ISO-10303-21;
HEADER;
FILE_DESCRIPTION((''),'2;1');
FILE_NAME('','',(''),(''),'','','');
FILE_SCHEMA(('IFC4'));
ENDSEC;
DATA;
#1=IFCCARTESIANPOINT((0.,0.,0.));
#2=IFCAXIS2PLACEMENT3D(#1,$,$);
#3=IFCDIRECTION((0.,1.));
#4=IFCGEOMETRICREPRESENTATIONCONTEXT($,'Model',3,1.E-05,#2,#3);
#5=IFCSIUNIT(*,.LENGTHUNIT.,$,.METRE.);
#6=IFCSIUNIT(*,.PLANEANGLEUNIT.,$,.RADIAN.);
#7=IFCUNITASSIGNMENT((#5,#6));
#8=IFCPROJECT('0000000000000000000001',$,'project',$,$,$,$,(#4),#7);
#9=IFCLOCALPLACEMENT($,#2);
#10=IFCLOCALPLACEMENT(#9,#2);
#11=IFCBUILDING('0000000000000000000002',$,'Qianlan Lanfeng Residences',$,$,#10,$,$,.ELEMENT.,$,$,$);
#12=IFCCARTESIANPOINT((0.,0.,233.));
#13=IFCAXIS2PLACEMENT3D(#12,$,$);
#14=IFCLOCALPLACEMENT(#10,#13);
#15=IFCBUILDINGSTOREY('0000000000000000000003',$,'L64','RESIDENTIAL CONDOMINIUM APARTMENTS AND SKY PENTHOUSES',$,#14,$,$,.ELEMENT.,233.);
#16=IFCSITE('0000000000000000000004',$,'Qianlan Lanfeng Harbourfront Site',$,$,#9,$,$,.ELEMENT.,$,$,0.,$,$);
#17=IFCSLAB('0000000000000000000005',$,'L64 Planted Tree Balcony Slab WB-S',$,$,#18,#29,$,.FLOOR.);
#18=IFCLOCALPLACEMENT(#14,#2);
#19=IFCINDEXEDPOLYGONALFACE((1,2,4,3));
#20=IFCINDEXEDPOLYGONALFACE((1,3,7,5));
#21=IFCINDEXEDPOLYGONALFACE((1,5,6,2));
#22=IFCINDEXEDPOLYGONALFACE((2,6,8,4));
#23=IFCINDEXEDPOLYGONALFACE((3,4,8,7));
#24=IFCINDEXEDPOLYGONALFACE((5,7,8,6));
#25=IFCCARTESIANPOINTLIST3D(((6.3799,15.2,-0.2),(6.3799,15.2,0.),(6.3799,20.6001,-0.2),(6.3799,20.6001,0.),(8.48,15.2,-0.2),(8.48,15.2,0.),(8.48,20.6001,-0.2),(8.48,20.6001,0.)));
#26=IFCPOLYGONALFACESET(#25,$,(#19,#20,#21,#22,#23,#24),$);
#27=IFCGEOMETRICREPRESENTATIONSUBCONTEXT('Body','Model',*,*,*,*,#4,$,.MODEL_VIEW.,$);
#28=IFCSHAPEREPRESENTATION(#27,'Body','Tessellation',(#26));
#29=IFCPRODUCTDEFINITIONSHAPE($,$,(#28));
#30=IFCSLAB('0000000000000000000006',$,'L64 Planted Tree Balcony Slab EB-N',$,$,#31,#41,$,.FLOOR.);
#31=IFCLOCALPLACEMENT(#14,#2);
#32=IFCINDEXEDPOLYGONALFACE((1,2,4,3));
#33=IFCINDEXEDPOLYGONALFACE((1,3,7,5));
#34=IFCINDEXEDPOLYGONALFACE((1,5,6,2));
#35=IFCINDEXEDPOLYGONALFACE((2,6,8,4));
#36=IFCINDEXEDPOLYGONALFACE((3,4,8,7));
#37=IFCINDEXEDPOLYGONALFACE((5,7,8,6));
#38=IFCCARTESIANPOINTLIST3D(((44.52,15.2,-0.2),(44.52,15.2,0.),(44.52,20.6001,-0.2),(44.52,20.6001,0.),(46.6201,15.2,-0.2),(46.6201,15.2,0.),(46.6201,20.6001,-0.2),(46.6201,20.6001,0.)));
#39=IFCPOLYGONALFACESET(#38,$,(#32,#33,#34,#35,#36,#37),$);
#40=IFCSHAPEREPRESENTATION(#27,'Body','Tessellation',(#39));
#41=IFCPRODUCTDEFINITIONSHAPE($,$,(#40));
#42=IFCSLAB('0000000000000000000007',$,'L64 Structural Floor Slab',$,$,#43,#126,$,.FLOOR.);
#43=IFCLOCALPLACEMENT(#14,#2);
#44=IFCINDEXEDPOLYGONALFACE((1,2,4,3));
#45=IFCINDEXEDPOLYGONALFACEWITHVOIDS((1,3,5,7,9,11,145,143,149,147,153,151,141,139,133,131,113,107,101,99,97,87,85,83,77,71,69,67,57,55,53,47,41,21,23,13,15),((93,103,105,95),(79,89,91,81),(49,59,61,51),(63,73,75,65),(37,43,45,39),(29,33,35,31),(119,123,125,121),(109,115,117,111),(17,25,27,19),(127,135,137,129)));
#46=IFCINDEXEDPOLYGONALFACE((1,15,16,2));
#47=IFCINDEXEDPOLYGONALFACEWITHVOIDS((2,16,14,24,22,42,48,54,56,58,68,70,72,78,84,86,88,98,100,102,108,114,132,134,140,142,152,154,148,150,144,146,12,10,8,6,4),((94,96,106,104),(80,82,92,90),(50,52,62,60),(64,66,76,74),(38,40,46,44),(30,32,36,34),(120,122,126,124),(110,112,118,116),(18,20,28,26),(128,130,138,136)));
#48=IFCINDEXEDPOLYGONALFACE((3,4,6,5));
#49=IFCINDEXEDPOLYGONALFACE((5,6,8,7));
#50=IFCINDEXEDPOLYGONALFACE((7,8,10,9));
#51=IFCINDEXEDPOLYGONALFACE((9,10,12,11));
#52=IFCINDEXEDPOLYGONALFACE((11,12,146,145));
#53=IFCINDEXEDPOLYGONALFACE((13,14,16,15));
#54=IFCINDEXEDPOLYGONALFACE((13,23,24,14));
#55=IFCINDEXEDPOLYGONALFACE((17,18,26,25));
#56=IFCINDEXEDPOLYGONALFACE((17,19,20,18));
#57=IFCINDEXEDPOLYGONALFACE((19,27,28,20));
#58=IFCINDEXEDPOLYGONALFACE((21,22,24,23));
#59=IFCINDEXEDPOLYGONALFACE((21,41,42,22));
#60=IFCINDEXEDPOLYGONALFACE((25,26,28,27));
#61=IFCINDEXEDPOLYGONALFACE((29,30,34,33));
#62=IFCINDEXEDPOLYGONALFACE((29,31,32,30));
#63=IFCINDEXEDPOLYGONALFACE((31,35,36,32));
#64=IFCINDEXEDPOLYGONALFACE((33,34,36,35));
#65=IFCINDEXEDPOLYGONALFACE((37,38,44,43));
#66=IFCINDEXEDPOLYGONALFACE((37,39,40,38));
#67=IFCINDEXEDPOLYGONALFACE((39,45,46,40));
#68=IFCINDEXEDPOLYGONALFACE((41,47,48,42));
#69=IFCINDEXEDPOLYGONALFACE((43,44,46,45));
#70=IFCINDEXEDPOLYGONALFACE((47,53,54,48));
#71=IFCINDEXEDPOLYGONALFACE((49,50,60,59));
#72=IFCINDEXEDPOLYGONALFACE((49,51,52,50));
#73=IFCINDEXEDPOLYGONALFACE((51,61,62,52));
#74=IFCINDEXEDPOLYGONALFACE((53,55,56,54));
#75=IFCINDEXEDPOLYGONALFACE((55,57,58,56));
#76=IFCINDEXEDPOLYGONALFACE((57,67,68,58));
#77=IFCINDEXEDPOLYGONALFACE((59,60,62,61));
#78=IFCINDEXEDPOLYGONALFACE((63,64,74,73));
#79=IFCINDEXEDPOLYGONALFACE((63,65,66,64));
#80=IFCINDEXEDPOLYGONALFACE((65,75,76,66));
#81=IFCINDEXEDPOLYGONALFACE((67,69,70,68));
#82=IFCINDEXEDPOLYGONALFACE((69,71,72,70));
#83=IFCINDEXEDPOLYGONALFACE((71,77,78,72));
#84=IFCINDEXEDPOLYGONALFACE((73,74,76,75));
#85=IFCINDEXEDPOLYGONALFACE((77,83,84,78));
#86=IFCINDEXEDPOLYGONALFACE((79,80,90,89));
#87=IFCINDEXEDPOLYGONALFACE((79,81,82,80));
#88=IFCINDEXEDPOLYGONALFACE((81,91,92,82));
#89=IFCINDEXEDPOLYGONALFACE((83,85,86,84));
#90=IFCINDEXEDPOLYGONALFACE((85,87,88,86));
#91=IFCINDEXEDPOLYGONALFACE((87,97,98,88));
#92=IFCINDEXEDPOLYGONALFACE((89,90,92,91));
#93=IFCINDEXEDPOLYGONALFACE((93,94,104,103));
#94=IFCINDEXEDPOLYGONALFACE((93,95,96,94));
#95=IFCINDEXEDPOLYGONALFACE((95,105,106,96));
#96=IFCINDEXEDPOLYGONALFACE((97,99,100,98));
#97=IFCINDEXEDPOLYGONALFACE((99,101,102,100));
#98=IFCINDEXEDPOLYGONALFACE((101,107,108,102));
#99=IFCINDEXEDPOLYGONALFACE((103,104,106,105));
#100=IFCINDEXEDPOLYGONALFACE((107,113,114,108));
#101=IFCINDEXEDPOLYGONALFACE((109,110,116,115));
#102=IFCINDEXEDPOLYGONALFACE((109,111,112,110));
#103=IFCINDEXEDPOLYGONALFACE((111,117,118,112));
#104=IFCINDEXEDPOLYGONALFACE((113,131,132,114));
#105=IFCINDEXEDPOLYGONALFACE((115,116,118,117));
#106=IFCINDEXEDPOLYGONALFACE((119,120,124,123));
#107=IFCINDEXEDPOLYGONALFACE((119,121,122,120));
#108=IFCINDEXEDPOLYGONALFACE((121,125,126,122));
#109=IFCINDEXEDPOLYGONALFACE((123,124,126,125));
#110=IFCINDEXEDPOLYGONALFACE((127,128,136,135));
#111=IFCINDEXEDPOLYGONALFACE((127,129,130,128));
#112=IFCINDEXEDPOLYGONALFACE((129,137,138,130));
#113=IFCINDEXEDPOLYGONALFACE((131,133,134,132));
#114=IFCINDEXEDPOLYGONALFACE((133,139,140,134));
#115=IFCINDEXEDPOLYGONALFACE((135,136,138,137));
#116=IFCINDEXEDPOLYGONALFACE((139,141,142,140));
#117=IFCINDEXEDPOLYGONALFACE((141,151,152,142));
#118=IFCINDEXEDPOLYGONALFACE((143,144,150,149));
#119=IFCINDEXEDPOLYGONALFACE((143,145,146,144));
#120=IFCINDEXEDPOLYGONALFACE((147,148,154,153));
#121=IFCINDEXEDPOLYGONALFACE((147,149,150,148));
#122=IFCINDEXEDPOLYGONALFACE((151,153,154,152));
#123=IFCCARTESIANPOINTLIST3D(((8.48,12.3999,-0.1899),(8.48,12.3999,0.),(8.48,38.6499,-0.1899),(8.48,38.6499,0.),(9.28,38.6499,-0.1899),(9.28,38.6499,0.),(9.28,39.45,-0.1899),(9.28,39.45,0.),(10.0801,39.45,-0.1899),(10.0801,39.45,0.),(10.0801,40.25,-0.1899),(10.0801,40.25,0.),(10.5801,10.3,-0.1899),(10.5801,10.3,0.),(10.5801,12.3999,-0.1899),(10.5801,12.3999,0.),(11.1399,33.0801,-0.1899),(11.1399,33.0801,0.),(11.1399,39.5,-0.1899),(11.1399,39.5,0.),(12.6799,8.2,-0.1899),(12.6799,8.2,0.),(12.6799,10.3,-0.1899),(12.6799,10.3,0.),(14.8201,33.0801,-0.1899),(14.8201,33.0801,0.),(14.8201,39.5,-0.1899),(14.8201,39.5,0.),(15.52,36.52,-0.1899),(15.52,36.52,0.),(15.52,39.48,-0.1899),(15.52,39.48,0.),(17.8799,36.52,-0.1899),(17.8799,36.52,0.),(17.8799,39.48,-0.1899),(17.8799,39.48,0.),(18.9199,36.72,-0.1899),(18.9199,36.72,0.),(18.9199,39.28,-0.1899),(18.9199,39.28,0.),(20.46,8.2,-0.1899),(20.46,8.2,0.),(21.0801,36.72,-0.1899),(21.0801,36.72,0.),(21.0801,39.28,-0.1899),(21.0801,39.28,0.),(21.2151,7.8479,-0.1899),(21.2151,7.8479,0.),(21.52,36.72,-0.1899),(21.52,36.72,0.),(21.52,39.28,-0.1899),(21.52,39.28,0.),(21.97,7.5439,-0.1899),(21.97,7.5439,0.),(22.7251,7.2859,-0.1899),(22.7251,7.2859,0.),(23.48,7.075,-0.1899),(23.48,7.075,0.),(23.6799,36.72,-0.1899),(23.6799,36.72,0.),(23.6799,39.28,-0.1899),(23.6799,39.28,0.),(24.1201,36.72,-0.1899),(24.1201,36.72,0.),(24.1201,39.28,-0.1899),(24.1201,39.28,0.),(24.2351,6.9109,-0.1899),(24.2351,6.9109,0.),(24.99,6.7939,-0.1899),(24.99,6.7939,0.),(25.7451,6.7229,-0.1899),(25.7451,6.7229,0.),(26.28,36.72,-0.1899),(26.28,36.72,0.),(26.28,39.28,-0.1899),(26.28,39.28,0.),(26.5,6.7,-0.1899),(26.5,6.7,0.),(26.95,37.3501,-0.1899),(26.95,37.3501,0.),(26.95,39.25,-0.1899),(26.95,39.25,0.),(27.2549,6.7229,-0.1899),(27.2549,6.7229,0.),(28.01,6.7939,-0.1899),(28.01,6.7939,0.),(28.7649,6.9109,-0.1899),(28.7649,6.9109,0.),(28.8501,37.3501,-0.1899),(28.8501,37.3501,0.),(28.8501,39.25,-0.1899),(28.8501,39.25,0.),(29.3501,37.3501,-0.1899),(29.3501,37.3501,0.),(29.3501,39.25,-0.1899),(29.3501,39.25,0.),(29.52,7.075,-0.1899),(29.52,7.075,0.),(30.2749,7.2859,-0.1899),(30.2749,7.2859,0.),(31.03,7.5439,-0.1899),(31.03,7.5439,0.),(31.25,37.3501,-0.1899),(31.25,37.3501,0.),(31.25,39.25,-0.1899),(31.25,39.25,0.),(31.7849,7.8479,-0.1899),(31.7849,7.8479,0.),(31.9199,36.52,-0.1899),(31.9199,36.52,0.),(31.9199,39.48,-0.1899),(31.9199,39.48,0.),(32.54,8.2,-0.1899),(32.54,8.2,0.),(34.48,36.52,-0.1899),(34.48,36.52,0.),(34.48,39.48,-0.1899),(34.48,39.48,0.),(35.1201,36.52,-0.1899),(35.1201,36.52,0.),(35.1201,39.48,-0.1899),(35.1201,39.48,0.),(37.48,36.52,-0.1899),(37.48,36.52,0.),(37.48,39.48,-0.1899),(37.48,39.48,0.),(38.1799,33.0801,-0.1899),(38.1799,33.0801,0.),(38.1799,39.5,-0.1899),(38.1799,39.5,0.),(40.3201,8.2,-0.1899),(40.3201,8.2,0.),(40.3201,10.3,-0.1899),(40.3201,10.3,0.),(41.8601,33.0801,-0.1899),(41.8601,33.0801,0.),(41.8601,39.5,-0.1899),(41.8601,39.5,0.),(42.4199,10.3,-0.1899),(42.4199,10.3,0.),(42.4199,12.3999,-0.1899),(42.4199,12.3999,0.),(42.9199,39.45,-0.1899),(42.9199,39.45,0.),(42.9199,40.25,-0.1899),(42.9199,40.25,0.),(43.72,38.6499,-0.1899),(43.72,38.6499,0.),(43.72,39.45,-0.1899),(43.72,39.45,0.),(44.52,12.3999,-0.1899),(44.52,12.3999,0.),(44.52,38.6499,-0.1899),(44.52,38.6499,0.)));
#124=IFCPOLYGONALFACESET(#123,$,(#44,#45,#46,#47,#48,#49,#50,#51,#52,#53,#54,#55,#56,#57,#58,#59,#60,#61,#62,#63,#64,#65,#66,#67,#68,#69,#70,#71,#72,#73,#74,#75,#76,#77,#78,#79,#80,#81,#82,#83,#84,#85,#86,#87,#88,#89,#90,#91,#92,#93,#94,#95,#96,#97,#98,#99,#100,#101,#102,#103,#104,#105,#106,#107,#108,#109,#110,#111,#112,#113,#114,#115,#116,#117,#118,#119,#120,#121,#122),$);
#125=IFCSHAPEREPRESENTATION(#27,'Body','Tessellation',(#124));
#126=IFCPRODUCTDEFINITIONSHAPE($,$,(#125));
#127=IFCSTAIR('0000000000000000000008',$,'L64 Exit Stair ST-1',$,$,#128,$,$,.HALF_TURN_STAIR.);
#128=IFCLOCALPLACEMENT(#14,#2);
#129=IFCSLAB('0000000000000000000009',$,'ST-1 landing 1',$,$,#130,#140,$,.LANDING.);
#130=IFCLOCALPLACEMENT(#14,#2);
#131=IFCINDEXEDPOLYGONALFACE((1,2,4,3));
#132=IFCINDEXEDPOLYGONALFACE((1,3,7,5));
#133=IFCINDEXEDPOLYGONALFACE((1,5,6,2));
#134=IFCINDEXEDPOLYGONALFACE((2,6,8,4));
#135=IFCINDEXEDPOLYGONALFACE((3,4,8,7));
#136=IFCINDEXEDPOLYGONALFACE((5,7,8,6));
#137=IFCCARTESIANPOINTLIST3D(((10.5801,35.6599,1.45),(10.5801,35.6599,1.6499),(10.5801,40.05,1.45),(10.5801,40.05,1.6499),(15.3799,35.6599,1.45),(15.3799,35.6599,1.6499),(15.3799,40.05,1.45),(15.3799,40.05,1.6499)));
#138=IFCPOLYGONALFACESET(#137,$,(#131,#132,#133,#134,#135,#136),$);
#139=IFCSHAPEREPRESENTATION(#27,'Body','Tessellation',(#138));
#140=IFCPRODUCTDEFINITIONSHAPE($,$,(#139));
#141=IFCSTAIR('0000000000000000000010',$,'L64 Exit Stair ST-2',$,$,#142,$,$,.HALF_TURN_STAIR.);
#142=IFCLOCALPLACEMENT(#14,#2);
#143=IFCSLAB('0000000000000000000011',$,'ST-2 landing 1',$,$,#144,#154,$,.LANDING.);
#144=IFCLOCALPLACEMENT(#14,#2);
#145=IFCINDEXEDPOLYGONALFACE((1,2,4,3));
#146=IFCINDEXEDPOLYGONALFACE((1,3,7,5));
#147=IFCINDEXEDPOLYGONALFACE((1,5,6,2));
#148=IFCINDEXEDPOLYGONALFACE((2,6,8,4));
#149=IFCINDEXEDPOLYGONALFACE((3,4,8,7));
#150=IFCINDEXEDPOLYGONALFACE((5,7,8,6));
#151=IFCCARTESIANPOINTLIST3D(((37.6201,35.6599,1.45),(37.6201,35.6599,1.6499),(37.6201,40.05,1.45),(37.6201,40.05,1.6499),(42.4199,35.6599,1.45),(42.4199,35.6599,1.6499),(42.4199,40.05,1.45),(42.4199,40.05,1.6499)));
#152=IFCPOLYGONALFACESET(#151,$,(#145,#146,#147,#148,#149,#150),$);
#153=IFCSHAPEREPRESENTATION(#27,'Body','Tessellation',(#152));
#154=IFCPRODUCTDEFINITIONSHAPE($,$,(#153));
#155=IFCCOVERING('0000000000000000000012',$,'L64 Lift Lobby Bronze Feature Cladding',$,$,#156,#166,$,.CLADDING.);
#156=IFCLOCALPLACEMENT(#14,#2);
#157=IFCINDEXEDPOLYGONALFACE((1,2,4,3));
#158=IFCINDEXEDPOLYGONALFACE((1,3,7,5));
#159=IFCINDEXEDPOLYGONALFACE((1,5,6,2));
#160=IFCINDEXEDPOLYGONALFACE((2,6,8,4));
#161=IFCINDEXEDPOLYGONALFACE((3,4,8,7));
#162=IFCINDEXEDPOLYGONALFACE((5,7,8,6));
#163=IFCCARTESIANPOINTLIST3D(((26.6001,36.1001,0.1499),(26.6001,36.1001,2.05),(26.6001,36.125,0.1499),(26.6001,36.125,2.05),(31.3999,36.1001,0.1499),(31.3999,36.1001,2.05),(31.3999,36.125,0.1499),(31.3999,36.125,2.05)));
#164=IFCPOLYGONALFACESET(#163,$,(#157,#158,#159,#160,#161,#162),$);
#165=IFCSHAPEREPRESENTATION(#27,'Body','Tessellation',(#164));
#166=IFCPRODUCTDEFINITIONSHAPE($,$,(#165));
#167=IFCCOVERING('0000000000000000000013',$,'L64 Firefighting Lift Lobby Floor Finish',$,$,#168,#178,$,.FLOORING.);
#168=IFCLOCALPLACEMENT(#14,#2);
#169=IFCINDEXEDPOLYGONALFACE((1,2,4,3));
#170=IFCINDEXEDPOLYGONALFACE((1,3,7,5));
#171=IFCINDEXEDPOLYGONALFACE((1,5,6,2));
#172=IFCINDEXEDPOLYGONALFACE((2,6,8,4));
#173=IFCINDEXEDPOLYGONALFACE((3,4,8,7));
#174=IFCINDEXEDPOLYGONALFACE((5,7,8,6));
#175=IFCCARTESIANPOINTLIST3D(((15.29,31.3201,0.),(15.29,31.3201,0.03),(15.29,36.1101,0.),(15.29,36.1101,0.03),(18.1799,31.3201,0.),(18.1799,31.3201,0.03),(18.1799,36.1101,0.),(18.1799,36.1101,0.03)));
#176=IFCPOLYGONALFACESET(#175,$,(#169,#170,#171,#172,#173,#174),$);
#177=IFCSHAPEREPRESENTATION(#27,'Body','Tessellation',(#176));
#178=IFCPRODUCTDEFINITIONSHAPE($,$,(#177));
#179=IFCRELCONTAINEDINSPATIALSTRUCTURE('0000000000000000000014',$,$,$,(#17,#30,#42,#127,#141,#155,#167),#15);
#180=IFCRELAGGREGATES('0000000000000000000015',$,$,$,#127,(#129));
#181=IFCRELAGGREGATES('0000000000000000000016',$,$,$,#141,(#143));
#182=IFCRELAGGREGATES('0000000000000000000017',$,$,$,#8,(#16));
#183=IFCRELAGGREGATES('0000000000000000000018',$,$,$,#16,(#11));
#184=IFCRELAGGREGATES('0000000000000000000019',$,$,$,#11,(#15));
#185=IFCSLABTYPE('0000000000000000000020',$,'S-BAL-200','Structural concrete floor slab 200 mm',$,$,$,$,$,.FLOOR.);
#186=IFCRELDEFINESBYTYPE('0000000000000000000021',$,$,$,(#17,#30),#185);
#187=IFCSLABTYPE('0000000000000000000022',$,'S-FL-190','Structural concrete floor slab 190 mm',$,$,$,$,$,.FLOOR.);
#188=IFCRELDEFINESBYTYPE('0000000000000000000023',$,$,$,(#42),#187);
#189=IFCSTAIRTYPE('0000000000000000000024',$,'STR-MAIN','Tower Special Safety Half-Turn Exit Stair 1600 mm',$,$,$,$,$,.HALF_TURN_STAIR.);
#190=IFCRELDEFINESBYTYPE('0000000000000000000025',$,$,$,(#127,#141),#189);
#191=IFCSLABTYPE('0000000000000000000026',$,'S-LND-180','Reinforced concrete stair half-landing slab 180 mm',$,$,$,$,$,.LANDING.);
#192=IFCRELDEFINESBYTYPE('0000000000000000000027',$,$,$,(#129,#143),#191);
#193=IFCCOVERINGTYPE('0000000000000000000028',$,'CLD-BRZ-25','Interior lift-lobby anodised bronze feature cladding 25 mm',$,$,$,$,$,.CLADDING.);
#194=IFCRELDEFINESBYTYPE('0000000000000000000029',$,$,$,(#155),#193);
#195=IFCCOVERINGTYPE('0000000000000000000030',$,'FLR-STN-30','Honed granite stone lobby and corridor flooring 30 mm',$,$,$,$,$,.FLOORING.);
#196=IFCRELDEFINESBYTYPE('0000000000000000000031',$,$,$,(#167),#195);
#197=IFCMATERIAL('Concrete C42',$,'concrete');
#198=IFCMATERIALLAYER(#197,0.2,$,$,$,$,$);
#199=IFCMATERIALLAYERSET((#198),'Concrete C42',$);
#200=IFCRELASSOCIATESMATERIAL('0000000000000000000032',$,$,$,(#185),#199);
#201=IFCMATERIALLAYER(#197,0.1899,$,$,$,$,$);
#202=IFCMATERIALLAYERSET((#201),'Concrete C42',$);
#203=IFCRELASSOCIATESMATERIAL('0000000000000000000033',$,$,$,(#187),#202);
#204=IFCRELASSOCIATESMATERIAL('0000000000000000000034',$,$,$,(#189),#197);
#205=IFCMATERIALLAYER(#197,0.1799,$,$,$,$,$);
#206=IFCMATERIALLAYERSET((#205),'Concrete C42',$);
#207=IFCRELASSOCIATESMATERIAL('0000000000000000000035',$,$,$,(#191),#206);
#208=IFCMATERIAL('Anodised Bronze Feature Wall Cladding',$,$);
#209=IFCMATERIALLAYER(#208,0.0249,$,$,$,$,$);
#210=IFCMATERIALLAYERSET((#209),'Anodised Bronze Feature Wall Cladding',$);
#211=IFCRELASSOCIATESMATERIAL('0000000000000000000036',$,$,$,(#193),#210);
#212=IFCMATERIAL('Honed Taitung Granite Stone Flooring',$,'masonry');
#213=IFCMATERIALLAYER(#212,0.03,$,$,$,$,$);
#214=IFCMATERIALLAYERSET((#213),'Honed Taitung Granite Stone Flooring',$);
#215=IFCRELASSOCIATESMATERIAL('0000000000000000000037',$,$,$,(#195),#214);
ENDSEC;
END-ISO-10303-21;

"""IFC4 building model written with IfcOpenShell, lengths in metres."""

from ifc_helpers import new_model, si_unit, direction, frame, origin, place, context, subcontext, project, spatial, polyline, outline, extrude, material, layer, layer_set, type_object, element, aggregate, save


model = new_model("IFC4")

# Units and contexts
model_context = context("Model", 3, precision=1e-05, world=origin(), true_north=direction((0.0, 1.0)))
body_context = subcontext(model_context, "Body", "Model", "MODEL_VIEW")
ifc_project = project(units=[si_unit("LENGTHUNIT", "METRE"), si_unit("PLANEANGLEUNIT", "RADIAN")], contexts=[model_context])

# Site, building, storey
site_placement = place(None, origin())
site = spatial("IfcSite", under=ifc_project, at=site_placement, Name="Qianlan Lanfeng Harbourfront Site", CompositionType="ELEMENT", RefElevation=0.0)
building_placement = place(site_placement, origin())
building = spatial("IfcBuilding", under=site, at=building_placement, Name="Qianlan Lanfeng Residences", CompositionType="ELEMENT")
storey_placement = place(building_placement, frame((0.0, 0.0, 233.0)))
storey = spatial("IfcBuildingStorey", under=building, at=storey_placement, Name="L64", Description="RESIDENTIAL CONDOMINIUM APARTMENTS AND SKY PENTHOUSES", CompositionType="ELEMENT", Elevation=233.0)

# Slabs
ifc_material_1 = material(Name="Concrete C42", Category="concrete")
ifc_layer_1 = layer(ifc_material_1, 0.2)
ifc_layer_set_1 = layer_set([ifc_layer_1], Name="Concrete C42")
slab_type_1 = type_object("IfcSlabType", Name="S-BAL-200", Description="Structural concrete floor slab 200 mm", PredefinedType="FLOOR", material=ifc_layer_set_1)
slab_1_placement = place(storey_placement, frame((0.0, 0.0, -0.2)))
element("IfcSlab", 1, at=slab_1_placement, inside=storey, type_object=slab_type_1, Name="L64 Planted Tree Balcony Slab WB-S", PredefinedType="FLOOR", context=body_context, shape_type="SweptSolid", body=[
    extrude(outline(polyline([(8.48, 15.2), (8.48, 20.6001), (6.3799, 20.6001), (6.3799, 15.2), (8.48, 15.2)])), origin(), (0.0, 0.0, 1.0), 0.2),
])
slab_2_placement = place(storey_placement, frame((0.0, 0.0, -0.2)))
element("IfcSlab", 2, at=slab_2_placement, inside=storey, type_object=slab_type_1, Name="L64 Planted Tree Balcony Slab EB-N", PredefinedType="FLOOR", context=body_context, shape_type="SweptSolid", body=[
    extrude(outline(polyline([(44.52, 20.6001), (44.52, 15.2), (46.6201, 15.2), (46.6201, 20.6001), (44.52, 20.6001)])), origin(), (0.0, 0.0, 1.0), 0.2),
])
ifc_layer_2 = layer(ifc_material_1, 0.1899)
ifc_layer_set_2 = layer_set([ifc_layer_2], Name="Concrete C42")
slab_type_2 = type_object("IfcSlabType", Name="S-FL-190", Description="Structural concrete floor slab 190 mm", PredefinedType="FLOOR", material=ifc_layer_set_2)
slab_3_placement = place(storey_placement, frame((0.0, 0.0, -0.1899)))
element("IfcSlab", 3, at=slab_3_placement, inside=storey, type_object=slab_type_2, Name="L64 Structural Floor Slab", PredefinedType="FLOOR", context=body_context, shape_type="SweptSolid", body=[
    extrude(outline(polyline([(8.48, 12.3999), (10.5801, 12.3999), (10.5801, 10.3), (12.6799, 10.3), (12.6799, 8.2), (20.46, 8.2), (21.2151, 7.8479), (21.97, 7.5439), (22.7251, 7.2859), (23.48, 7.075), (24.2351, 6.9109), (24.99, 6.7939), (25.7451, 6.7229), (26.5, 6.7), (27.2549, 6.7229), (28.01, 6.7939), (28.7649, 6.9109), (29.52, 7.075), (30.2749, 7.2859), (31.03, 7.5439), (31.7849, 7.8479), (32.54, 8.2), (40.3201, 8.2), (40.3201, 10.3), (42.4199, 10.3), (42.4199, 12.3999), (44.52, 12.3999), (44.52, 38.6499), (43.72, 38.6499), (43.72, 39.45), (42.9199, 39.45), (42.9199, 40.25), (10.0801, 40.25), (10.0801, 39.45), (9.28, 39.45), (9.28, 38.6499), (8.48, 38.6499), (8.48, 12.3999)]), holes=[polyline([(11.1399, 33.0801), (11.1399, 39.5), (14.8201, 39.5), (14.8201, 33.0801), (11.1399, 33.0801)]), polyline([(38.1799, 33.0801), (38.1799, 39.5), (41.8601, 39.5), (41.8601, 33.0801), (38.1799, 33.0801)]), polyline([(15.52, 36.52), (15.52, 39.48), (17.8799, 39.48), (17.8799, 36.52), (15.52, 36.52)]), polyline([(35.1201, 36.52), (35.1201, 39.48), (37.48, 39.48), (37.48, 36.52), (35.1201, 36.52)]), polyline([(31.9199, 36.52), (31.9199, 39.48), (34.48, 39.48), (34.48, 36.52), (31.9199, 36.52)]), polyline([(18.9199, 36.72), (18.9199, 39.28), (21.0801, 39.28), (21.0801, 36.72), (18.9199, 36.72)]), polyline([(21.52, 36.72), (21.52, 39.28), (23.6799, 39.28), (23.6799, 36.72), (21.52, 36.72)]), polyline([(24.1201, 36.72), (24.1201, 39.28), (26.28, 39.28), (26.28, 36.72), (24.1201, 36.72)]), polyline([(26.95, 37.3501), (26.95, 39.25), (28.8501, 39.25), (28.8501, 37.3501), (26.95, 37.3501)]), polyline([(29.3501, 37.3501), (29.3501, 39.25), (31.25, 39.25), (31.25, 37.3501), (29.3501, 37.3501)])]), origin(), (0.0, 0.0, 1.0), 0.1899),
])

# Stairs, slabs
stair_type = type_object("IfcStairType", Name="STR-MAIN", Description="Tower Special Safety Half-Turn Exit Stair 1600 mm", PredefinedType="HALF_TURN_STAIR", material=ifc_material_1)
stair_1_placement = place(storey_placement, origin())
stair_1 = element("IfcStair", 4, at=stair_1_placement, inside=storey, type_object=stair_type, Name="L64 Exit Stair ST-1", PredefinedType="HALF_TURN_STAIR")
ifc_layer_3 = layer(ifc_material_1, 0.1799)
ifc_layer_set_3 = layer_set([ifc_layer_3], Name="Concrete C42")
slab_type_3 = type_object("IfcSlabType", Name="S-LND-180", Description="Reinforced concrete stair half-landing slab 180 mm", PredefinedType="LANDING", material=ifc_layer_set_3)
slab_4_placement = place(storey_placement, frame((0.0, 0.0, 1.45)))
slab_4 = element("IfcSlab", 5, at=slab_4_placement, type_object=slab_type_3, Name="ST-1 landing 1", PredefinedType="LANDING", context=body_context, shape_type="SweptSolid", body=[
    extrude(outline(polyline([(10.5801, 35.6599), (15.3799, 35.6599), (15.3799, 40.05), (10.5801, 40.05), (10.5801, 35.6599)])), origin(), (0.0, 0.0, 1.0), 0.2),
])
aggregate(stair_1, [slab_4])
stair_2_placement = place(storey_placement, origin())
stair_2 = element("IfcStair", 6, at=stair_2_placement, inside=storey, type_object=stair_type, Name="L64 Exit Stair ST-2", PredefinedType="HALF_TURN_STAIR")
slab_5_placement = place(storey_placement, frame((0.0, 0.0, 1.45)))
slab_5 = element("IfcSlab", 7, at=slab_5_placement, type_object=slab_type_3, Name="ST-2 landing 1", PredefinedType="LANDING", context=body_context, shape_type="SweptSolid", body=[
    extrude(outline(polyline([(37.6201, 35.6599), (42.4199, 35.6599), (42.4199, 40.05), (37.6201, 40.05), (37.6201, 35.6599)])), origin(), (0.0, 0.0, 1.0), 0.2),
])
aggregate(stair_2, [slab_5])

# Coverings
ifc_material_2 = material(Name="Anodised Bronze Feature Wall Cladding")
ifc_layer_4 = layer(ifc_material_2, 0.0249)
ifc_layer_set_4 = layer_set([ifc_layer_4], Name="Anodised Bronze Feature Wall Cladding")
covering_type_1 = type_object("IfcCoveringType", Name="CLD-BRZ-25", Description="Interior lift-lobby anodised bronze feature cladding 25 mm", PredefinedType="CLADDING", material=ifc_layer_set_4)
covering_1_placement = place(storey_placement, frame((0.0, 0.0, 0.1499)))
element("IfcCovering", 8, at=covering_1_placement, inside=storey, type_object=covering_type_1, Name="L64 Lift Lobby Bronze Feature Cladding", PredefinedType="CLADDING", context=body_context, shape_type="SweptSolid", body=[
    extrude(outline(polyline([(26.6001, 36.1001), (31.3999, 36.1001), (31.3999, 36.125), (26.6001, 36.125), (26.6001, 36.1001)])), origin(), (0.0, 0.0, 1.0), 1.9001),
])
ifc_material_3 = material(Name="Honed Taitung Granite Stone Flooring", Category="masonry")
ifc_layer_5 = layer(ifc_material_3, 0.03)
ifc_layer_set_5 = layer_set([ifc_layer_5], Name="Honed Taitung Granite Stone Flooring")
covering_type_2 = type_object("IfcCoveringType", Name="FLR-STN-30", Description="Honed granite stone lobby and corridor flooring 30 mm", PredefinedType="FLOORING", material=ifc_layer_set_5)
covering_2_placement = place(storey_placement, origin())
element("IfcCovering", 9, at=covering_2_placement, inside=storey, type_object=covering_type_2, Name="L64 Firefighting Lift Lobby Floor Finish", PredefinedType="FLOORING", context=body_context, shape_type="SweptSolid", body=[
    extrude(outline(polyline([(15.29, 31.3201), (18.1799, 31.3201), (18.1799, 36.1101), (15.29, 36.1101), (15.29, 31.3201)])), origin(), (0.0, 0.0, 1.0), 0.03),
])

save(model, "model.ifc")
